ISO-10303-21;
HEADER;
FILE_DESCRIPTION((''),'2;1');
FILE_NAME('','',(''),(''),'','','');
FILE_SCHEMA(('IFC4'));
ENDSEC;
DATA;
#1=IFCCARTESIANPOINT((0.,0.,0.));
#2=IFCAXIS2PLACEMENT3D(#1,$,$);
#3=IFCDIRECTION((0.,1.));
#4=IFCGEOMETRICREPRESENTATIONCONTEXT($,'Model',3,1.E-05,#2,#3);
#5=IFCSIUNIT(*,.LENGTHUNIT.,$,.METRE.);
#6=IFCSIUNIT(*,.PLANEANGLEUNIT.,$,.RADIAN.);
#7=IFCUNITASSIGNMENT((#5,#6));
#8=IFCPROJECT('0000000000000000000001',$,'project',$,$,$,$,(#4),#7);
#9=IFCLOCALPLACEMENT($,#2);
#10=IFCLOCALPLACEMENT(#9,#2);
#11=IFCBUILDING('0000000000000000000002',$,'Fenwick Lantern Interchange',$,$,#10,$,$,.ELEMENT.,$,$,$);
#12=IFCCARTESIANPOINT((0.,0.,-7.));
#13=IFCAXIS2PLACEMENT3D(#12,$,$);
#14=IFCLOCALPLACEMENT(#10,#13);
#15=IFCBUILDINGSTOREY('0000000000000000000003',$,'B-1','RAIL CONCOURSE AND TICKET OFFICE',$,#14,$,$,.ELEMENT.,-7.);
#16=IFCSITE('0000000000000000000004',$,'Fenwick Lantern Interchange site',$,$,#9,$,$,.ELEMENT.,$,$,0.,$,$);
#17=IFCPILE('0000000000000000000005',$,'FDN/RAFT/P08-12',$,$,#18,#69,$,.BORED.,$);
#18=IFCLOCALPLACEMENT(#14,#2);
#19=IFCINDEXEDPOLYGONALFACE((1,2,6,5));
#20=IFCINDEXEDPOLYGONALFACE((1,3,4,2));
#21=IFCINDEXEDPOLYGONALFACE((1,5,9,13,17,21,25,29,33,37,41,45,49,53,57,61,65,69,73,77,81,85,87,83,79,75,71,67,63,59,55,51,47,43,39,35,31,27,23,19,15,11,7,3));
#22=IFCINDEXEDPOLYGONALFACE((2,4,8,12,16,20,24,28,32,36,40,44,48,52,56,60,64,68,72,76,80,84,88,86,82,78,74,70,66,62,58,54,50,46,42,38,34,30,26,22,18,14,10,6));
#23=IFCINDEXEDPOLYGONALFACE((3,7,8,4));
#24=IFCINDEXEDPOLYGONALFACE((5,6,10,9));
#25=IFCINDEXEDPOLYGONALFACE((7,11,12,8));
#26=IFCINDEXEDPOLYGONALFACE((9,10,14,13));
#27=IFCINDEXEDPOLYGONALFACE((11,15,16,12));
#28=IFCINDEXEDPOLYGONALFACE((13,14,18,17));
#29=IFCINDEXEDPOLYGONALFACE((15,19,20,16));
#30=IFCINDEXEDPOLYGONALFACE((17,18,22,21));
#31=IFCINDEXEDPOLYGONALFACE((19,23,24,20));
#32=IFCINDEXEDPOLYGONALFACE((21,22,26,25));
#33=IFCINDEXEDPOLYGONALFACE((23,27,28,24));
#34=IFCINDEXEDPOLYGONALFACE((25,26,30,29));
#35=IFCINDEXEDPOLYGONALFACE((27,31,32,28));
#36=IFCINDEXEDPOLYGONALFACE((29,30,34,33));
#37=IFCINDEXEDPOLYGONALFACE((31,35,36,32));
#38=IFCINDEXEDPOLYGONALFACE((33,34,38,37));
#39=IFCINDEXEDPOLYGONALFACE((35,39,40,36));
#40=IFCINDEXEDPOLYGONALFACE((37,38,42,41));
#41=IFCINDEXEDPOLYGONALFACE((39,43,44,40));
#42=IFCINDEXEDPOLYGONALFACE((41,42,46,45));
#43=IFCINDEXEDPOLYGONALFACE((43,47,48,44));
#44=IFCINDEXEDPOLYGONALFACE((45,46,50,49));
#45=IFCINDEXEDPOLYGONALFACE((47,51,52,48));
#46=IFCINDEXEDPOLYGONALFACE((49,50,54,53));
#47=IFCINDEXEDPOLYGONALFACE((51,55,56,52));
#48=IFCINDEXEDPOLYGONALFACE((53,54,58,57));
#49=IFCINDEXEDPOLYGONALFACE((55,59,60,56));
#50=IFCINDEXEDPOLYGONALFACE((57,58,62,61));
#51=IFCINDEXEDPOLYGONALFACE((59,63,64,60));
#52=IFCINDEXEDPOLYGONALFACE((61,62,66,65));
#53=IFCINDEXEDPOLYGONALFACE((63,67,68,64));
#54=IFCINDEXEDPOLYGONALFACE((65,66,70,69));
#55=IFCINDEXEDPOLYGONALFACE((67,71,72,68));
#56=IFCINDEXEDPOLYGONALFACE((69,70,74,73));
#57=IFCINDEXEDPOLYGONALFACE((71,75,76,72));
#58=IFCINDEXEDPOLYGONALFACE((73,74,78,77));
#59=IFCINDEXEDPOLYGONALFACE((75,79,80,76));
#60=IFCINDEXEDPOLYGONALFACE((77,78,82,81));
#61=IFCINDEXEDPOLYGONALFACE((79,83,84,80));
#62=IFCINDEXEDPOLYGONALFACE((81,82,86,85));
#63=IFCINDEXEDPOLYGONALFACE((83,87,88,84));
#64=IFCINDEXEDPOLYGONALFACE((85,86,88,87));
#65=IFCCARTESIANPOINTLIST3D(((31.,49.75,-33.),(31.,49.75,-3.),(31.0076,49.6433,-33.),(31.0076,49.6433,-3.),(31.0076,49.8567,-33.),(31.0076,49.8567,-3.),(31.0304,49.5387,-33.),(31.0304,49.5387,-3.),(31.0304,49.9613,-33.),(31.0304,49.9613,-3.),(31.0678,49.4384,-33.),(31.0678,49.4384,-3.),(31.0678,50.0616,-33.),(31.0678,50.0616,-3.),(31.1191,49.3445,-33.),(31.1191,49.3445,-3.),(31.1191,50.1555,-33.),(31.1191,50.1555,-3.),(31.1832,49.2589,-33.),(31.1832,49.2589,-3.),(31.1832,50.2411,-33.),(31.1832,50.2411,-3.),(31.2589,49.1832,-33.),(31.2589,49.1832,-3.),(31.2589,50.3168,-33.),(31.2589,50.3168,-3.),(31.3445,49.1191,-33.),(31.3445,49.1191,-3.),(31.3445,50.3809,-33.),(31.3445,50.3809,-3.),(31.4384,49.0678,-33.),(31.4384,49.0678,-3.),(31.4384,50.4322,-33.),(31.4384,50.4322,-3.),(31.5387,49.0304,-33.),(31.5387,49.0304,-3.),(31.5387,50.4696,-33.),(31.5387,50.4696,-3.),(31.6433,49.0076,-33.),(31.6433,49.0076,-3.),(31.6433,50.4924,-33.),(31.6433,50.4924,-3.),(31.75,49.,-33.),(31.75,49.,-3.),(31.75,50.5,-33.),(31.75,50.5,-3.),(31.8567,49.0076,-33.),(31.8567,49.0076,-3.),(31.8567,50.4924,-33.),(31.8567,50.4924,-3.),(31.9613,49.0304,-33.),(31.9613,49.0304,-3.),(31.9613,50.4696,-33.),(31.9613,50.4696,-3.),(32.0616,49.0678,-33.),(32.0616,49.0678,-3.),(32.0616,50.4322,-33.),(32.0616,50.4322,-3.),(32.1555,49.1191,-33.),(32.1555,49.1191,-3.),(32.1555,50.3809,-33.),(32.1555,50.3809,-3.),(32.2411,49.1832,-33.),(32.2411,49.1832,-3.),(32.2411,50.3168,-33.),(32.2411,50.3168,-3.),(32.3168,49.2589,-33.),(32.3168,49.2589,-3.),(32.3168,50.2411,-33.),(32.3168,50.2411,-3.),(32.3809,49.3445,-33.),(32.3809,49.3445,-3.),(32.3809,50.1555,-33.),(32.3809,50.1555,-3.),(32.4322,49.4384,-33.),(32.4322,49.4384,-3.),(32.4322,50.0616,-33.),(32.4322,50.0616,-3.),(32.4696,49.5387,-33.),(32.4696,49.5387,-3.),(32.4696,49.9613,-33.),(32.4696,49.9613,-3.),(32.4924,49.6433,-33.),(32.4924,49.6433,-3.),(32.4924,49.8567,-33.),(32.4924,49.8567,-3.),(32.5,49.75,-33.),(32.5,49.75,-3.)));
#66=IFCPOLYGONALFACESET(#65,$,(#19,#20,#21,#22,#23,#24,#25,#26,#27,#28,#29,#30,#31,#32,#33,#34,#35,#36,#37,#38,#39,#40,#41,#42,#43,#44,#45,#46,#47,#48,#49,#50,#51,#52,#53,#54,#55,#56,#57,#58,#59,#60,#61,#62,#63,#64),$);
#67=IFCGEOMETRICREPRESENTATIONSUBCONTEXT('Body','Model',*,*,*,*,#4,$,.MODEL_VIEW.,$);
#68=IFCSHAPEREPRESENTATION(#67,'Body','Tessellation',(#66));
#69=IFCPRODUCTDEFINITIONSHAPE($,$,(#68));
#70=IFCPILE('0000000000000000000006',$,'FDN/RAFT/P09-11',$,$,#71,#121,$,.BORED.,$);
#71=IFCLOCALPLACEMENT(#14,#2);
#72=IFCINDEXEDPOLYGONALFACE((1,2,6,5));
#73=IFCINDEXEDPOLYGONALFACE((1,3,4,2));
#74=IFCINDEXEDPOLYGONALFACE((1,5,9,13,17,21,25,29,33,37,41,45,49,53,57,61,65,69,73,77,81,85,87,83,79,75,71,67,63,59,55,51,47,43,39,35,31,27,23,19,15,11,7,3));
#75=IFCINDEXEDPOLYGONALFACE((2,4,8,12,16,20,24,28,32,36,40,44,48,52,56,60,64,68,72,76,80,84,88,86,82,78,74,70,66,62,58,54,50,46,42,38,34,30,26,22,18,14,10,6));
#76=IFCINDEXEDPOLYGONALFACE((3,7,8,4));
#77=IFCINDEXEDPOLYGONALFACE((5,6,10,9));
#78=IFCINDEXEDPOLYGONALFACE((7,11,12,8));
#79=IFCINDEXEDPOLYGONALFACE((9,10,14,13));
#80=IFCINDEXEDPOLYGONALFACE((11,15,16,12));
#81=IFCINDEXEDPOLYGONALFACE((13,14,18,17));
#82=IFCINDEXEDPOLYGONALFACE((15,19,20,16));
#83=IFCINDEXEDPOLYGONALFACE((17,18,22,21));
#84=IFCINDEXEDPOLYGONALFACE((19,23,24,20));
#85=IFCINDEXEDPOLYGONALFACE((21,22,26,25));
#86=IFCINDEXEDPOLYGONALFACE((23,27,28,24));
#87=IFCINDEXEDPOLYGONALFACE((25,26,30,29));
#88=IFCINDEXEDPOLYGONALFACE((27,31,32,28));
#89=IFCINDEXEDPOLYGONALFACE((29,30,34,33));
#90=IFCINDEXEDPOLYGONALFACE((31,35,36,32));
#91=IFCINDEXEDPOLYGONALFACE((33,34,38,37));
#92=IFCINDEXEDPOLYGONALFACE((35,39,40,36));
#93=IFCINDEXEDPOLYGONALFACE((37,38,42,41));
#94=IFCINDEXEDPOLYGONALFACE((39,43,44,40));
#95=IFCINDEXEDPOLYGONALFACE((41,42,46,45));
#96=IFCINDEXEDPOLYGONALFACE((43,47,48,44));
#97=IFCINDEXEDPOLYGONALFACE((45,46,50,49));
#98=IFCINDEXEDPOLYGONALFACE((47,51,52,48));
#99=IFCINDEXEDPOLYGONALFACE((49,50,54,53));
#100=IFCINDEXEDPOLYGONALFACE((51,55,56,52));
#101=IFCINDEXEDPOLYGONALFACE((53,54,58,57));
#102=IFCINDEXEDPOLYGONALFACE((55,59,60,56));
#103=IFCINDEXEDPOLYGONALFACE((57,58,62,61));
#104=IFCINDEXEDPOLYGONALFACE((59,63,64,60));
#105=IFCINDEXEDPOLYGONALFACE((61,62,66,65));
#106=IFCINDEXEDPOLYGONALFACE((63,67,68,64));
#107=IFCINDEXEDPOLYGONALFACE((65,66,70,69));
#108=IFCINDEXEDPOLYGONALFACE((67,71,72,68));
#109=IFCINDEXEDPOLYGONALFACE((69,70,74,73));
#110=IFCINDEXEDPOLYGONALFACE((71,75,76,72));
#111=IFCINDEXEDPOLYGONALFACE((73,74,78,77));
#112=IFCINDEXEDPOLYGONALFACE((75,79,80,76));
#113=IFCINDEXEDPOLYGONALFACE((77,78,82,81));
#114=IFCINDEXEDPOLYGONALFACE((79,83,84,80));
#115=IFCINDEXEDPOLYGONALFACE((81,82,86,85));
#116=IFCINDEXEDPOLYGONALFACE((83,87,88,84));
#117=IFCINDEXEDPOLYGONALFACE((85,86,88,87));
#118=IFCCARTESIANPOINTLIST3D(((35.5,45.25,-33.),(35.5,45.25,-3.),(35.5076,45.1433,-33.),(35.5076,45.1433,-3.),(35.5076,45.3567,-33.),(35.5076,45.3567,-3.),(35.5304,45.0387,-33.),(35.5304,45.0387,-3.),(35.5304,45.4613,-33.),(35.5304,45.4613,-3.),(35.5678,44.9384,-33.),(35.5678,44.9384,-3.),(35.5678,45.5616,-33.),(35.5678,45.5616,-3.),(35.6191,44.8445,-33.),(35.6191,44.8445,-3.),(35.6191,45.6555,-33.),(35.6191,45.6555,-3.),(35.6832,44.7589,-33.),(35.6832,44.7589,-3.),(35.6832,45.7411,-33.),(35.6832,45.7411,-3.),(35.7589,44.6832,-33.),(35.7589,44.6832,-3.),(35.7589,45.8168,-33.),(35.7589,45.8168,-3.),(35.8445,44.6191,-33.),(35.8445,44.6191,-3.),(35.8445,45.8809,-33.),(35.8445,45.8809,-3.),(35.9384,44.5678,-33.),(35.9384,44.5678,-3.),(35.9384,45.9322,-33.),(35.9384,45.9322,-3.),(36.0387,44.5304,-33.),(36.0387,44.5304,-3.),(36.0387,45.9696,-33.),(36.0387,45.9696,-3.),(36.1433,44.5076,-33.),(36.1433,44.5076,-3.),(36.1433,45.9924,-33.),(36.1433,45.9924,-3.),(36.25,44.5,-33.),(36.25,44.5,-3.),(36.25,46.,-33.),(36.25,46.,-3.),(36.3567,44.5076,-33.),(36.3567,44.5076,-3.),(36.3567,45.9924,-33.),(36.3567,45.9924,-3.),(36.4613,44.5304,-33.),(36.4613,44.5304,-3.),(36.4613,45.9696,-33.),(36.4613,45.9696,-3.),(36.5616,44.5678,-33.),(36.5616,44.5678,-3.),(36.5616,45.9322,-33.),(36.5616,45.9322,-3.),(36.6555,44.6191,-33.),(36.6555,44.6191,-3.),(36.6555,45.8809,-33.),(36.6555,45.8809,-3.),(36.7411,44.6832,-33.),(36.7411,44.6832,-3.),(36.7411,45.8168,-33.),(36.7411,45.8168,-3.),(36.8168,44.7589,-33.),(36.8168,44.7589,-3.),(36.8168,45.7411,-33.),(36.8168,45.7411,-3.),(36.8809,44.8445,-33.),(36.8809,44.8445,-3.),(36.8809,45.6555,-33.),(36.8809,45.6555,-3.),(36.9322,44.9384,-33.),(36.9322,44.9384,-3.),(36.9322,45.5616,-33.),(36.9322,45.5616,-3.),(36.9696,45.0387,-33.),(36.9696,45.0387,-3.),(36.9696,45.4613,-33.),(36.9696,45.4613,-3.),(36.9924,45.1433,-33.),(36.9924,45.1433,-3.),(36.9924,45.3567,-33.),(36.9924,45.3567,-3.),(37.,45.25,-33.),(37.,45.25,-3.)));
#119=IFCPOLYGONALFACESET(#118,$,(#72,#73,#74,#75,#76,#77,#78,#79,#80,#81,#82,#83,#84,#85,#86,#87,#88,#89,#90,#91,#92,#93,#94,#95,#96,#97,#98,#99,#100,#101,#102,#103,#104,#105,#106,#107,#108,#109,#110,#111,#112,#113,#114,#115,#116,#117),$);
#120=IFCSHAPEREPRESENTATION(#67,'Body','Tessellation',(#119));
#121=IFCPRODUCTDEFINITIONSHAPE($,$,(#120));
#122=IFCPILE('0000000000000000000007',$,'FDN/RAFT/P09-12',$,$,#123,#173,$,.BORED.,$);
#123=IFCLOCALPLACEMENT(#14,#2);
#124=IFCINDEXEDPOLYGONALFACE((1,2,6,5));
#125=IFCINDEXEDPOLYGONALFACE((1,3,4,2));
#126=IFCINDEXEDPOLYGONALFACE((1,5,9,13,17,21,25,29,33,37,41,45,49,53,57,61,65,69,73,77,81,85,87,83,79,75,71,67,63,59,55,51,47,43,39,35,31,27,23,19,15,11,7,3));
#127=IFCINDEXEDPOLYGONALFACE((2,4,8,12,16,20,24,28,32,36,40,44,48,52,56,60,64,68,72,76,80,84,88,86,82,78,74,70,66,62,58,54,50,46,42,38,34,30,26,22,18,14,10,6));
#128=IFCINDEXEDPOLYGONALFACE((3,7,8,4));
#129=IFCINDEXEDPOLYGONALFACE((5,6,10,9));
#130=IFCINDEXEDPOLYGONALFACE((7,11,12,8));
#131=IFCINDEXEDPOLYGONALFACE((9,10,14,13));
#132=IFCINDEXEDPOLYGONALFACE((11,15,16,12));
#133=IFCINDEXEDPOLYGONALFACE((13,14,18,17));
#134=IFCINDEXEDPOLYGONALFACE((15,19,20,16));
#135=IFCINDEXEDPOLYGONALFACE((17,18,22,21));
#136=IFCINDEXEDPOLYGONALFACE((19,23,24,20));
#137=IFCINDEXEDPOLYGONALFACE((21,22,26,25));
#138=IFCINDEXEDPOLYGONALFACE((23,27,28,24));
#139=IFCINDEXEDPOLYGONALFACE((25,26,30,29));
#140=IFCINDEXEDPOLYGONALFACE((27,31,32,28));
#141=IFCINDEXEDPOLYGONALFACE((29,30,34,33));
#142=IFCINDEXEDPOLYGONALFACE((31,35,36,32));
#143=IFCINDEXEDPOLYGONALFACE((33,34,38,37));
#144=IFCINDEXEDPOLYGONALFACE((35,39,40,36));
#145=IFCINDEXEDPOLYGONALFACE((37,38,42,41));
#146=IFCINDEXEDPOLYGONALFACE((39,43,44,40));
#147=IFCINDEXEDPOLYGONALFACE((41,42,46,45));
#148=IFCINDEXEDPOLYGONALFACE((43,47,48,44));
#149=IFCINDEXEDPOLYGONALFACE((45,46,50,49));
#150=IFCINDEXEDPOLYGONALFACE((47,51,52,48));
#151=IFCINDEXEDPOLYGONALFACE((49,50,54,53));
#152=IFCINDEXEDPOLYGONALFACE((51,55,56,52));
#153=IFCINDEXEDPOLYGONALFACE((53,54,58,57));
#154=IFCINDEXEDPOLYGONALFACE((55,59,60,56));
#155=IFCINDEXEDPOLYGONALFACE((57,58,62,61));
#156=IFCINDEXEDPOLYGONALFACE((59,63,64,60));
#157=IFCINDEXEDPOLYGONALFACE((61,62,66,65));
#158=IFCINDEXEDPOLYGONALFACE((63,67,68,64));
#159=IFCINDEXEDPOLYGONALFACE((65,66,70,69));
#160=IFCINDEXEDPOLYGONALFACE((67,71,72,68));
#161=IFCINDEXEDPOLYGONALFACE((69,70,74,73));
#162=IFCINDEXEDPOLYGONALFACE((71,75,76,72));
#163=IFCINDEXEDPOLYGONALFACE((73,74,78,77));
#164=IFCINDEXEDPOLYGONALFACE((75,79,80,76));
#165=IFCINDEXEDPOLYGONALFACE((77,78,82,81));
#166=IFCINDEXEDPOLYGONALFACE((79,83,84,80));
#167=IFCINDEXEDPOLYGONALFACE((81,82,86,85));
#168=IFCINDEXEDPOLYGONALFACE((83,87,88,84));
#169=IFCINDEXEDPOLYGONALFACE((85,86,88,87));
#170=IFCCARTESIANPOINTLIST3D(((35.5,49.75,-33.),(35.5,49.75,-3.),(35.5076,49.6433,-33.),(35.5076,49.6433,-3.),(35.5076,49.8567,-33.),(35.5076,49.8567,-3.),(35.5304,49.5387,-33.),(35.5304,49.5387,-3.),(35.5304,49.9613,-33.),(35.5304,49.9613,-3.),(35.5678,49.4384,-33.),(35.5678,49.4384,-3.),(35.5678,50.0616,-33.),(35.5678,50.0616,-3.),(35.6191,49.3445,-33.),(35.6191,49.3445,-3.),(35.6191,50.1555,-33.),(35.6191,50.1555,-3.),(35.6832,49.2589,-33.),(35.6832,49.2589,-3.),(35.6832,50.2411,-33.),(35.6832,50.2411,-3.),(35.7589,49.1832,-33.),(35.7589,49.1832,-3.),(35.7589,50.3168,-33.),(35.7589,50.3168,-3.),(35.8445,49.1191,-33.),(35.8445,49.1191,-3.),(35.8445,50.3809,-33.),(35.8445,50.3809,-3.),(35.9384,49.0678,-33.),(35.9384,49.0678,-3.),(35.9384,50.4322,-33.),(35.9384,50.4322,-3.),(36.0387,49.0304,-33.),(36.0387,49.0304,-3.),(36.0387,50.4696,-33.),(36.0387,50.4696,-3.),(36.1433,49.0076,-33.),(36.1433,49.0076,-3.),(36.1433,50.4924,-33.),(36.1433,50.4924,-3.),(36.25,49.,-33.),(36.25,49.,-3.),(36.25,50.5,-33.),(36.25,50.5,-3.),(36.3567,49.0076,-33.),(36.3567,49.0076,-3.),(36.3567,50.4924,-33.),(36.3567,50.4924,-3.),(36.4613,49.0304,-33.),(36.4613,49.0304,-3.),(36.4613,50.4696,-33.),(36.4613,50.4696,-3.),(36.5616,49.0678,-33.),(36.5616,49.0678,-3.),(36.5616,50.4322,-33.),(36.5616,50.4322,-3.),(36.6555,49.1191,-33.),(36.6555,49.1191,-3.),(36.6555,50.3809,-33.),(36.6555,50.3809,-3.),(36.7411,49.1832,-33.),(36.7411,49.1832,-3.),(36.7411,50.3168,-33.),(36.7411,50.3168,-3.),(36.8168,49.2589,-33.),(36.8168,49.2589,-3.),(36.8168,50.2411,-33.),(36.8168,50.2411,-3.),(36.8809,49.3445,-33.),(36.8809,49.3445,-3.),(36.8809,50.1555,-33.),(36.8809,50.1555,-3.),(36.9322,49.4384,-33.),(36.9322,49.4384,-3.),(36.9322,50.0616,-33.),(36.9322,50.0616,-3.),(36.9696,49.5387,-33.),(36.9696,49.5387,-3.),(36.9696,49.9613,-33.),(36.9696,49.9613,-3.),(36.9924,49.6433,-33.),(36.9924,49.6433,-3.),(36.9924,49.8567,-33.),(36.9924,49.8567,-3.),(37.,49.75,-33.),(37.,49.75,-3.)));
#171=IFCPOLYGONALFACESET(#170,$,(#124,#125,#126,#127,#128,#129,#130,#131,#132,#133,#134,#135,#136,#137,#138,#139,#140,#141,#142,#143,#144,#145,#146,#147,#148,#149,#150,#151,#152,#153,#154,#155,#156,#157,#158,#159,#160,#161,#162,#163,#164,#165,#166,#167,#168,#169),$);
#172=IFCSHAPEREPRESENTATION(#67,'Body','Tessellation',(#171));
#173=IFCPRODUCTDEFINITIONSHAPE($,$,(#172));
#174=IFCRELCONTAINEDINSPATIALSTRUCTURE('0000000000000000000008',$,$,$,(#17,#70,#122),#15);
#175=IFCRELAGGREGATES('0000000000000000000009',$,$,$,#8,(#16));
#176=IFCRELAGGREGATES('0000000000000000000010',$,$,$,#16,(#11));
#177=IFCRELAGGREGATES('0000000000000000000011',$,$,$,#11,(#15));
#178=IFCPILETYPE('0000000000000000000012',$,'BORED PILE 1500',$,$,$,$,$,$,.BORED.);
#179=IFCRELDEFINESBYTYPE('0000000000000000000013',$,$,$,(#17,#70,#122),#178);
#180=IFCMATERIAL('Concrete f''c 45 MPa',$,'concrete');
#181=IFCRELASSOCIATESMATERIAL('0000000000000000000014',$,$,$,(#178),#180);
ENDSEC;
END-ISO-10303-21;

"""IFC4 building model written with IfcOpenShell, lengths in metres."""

from ifc_helpers import new_model, si_unit, direction, frame, origin, origin_2d, place, context, subcontext, project, spatial, circle, extrude, material, type_object, element, save


model = new_model("IFC4")

# Units and contexts
model_context = context("Model", 3, precision=1e-05, world=origin(), true_north=direction((0.0, 1.0)))
body_context = subcontext(model_context, "Body", "Model", "MODEL_VIEW")
ifc_project = project(units=[si_unit("LENGTHUNIT", "METRE"), si_unit("PLANEANGLEUNIT", "RADIAN")], contexts=[model_context])

# Site, building, storey
site_placement = place(None, origin())
site = spatial("IfcSite", under=ifc_project, at=site_placement, Name="Fenwick Lantern Interchange site", CompositionType="ELEMENT", RefElevation=0.0)
building_placement = place(site_placement, origin())
building = spatial("IfcBuilding", under=site, at=building_placement, Name="Fenwick Lantern Interchange", CompositionType="ELEMENT")
storey_placement = place(building_placement, frame((0.0, 0.0, -7.0)))
storey = spatial("IfcBuildingStorey", under=building, at=storey_placement, Name="B-1", Description="RAIL CONCOURSE AND TICKET OFFICE", CompositionType="ELEMENT", Elevation=-7.0)

# Piles
ifc_material_1 = material(Name="Concrete f'c 45 MPa", Category="concrete")
pile_type_1 = type_object("IfcPileType", Name="BORED PILE 1500", PredefinedType="BORED", material=ifc_material_1)
for number, where, z_axis, x_axis, name in (
    (1, (31.75, 49.75, -3.0), (0.0, 0.0, -1.0), (1.0, 0.0, 0.0), "FDN/RAFT/P08-12"),
    (2, (36.25, 45.25, -3.0), (0.0, 0.0, -1.0), (1.0, 0.0, 0.0), "FDN/RAFT/P09-11"),
    (3, (36.25, 49.75, -3.0), (0.0, 0.0, -1.0), (1.0, 0.0, 0.0), "FDN/RAFT/P09-12"),
):
    element("IfcPile", number, at=place(storey_placement, frame(where, z_axis=z_axis, x_axis=x_axis)), inside=storey, type_object=pile_type_1, Name=name, PredefinedType="BORED", context=body_context, shape_type="SweptSolid", body=[
        extrude(circle(Radius=0.75, at=origin_2d()), origin(), (0.0, 0.0, 1.0), 30.0),
    ])

save(model, "model.ifc")
